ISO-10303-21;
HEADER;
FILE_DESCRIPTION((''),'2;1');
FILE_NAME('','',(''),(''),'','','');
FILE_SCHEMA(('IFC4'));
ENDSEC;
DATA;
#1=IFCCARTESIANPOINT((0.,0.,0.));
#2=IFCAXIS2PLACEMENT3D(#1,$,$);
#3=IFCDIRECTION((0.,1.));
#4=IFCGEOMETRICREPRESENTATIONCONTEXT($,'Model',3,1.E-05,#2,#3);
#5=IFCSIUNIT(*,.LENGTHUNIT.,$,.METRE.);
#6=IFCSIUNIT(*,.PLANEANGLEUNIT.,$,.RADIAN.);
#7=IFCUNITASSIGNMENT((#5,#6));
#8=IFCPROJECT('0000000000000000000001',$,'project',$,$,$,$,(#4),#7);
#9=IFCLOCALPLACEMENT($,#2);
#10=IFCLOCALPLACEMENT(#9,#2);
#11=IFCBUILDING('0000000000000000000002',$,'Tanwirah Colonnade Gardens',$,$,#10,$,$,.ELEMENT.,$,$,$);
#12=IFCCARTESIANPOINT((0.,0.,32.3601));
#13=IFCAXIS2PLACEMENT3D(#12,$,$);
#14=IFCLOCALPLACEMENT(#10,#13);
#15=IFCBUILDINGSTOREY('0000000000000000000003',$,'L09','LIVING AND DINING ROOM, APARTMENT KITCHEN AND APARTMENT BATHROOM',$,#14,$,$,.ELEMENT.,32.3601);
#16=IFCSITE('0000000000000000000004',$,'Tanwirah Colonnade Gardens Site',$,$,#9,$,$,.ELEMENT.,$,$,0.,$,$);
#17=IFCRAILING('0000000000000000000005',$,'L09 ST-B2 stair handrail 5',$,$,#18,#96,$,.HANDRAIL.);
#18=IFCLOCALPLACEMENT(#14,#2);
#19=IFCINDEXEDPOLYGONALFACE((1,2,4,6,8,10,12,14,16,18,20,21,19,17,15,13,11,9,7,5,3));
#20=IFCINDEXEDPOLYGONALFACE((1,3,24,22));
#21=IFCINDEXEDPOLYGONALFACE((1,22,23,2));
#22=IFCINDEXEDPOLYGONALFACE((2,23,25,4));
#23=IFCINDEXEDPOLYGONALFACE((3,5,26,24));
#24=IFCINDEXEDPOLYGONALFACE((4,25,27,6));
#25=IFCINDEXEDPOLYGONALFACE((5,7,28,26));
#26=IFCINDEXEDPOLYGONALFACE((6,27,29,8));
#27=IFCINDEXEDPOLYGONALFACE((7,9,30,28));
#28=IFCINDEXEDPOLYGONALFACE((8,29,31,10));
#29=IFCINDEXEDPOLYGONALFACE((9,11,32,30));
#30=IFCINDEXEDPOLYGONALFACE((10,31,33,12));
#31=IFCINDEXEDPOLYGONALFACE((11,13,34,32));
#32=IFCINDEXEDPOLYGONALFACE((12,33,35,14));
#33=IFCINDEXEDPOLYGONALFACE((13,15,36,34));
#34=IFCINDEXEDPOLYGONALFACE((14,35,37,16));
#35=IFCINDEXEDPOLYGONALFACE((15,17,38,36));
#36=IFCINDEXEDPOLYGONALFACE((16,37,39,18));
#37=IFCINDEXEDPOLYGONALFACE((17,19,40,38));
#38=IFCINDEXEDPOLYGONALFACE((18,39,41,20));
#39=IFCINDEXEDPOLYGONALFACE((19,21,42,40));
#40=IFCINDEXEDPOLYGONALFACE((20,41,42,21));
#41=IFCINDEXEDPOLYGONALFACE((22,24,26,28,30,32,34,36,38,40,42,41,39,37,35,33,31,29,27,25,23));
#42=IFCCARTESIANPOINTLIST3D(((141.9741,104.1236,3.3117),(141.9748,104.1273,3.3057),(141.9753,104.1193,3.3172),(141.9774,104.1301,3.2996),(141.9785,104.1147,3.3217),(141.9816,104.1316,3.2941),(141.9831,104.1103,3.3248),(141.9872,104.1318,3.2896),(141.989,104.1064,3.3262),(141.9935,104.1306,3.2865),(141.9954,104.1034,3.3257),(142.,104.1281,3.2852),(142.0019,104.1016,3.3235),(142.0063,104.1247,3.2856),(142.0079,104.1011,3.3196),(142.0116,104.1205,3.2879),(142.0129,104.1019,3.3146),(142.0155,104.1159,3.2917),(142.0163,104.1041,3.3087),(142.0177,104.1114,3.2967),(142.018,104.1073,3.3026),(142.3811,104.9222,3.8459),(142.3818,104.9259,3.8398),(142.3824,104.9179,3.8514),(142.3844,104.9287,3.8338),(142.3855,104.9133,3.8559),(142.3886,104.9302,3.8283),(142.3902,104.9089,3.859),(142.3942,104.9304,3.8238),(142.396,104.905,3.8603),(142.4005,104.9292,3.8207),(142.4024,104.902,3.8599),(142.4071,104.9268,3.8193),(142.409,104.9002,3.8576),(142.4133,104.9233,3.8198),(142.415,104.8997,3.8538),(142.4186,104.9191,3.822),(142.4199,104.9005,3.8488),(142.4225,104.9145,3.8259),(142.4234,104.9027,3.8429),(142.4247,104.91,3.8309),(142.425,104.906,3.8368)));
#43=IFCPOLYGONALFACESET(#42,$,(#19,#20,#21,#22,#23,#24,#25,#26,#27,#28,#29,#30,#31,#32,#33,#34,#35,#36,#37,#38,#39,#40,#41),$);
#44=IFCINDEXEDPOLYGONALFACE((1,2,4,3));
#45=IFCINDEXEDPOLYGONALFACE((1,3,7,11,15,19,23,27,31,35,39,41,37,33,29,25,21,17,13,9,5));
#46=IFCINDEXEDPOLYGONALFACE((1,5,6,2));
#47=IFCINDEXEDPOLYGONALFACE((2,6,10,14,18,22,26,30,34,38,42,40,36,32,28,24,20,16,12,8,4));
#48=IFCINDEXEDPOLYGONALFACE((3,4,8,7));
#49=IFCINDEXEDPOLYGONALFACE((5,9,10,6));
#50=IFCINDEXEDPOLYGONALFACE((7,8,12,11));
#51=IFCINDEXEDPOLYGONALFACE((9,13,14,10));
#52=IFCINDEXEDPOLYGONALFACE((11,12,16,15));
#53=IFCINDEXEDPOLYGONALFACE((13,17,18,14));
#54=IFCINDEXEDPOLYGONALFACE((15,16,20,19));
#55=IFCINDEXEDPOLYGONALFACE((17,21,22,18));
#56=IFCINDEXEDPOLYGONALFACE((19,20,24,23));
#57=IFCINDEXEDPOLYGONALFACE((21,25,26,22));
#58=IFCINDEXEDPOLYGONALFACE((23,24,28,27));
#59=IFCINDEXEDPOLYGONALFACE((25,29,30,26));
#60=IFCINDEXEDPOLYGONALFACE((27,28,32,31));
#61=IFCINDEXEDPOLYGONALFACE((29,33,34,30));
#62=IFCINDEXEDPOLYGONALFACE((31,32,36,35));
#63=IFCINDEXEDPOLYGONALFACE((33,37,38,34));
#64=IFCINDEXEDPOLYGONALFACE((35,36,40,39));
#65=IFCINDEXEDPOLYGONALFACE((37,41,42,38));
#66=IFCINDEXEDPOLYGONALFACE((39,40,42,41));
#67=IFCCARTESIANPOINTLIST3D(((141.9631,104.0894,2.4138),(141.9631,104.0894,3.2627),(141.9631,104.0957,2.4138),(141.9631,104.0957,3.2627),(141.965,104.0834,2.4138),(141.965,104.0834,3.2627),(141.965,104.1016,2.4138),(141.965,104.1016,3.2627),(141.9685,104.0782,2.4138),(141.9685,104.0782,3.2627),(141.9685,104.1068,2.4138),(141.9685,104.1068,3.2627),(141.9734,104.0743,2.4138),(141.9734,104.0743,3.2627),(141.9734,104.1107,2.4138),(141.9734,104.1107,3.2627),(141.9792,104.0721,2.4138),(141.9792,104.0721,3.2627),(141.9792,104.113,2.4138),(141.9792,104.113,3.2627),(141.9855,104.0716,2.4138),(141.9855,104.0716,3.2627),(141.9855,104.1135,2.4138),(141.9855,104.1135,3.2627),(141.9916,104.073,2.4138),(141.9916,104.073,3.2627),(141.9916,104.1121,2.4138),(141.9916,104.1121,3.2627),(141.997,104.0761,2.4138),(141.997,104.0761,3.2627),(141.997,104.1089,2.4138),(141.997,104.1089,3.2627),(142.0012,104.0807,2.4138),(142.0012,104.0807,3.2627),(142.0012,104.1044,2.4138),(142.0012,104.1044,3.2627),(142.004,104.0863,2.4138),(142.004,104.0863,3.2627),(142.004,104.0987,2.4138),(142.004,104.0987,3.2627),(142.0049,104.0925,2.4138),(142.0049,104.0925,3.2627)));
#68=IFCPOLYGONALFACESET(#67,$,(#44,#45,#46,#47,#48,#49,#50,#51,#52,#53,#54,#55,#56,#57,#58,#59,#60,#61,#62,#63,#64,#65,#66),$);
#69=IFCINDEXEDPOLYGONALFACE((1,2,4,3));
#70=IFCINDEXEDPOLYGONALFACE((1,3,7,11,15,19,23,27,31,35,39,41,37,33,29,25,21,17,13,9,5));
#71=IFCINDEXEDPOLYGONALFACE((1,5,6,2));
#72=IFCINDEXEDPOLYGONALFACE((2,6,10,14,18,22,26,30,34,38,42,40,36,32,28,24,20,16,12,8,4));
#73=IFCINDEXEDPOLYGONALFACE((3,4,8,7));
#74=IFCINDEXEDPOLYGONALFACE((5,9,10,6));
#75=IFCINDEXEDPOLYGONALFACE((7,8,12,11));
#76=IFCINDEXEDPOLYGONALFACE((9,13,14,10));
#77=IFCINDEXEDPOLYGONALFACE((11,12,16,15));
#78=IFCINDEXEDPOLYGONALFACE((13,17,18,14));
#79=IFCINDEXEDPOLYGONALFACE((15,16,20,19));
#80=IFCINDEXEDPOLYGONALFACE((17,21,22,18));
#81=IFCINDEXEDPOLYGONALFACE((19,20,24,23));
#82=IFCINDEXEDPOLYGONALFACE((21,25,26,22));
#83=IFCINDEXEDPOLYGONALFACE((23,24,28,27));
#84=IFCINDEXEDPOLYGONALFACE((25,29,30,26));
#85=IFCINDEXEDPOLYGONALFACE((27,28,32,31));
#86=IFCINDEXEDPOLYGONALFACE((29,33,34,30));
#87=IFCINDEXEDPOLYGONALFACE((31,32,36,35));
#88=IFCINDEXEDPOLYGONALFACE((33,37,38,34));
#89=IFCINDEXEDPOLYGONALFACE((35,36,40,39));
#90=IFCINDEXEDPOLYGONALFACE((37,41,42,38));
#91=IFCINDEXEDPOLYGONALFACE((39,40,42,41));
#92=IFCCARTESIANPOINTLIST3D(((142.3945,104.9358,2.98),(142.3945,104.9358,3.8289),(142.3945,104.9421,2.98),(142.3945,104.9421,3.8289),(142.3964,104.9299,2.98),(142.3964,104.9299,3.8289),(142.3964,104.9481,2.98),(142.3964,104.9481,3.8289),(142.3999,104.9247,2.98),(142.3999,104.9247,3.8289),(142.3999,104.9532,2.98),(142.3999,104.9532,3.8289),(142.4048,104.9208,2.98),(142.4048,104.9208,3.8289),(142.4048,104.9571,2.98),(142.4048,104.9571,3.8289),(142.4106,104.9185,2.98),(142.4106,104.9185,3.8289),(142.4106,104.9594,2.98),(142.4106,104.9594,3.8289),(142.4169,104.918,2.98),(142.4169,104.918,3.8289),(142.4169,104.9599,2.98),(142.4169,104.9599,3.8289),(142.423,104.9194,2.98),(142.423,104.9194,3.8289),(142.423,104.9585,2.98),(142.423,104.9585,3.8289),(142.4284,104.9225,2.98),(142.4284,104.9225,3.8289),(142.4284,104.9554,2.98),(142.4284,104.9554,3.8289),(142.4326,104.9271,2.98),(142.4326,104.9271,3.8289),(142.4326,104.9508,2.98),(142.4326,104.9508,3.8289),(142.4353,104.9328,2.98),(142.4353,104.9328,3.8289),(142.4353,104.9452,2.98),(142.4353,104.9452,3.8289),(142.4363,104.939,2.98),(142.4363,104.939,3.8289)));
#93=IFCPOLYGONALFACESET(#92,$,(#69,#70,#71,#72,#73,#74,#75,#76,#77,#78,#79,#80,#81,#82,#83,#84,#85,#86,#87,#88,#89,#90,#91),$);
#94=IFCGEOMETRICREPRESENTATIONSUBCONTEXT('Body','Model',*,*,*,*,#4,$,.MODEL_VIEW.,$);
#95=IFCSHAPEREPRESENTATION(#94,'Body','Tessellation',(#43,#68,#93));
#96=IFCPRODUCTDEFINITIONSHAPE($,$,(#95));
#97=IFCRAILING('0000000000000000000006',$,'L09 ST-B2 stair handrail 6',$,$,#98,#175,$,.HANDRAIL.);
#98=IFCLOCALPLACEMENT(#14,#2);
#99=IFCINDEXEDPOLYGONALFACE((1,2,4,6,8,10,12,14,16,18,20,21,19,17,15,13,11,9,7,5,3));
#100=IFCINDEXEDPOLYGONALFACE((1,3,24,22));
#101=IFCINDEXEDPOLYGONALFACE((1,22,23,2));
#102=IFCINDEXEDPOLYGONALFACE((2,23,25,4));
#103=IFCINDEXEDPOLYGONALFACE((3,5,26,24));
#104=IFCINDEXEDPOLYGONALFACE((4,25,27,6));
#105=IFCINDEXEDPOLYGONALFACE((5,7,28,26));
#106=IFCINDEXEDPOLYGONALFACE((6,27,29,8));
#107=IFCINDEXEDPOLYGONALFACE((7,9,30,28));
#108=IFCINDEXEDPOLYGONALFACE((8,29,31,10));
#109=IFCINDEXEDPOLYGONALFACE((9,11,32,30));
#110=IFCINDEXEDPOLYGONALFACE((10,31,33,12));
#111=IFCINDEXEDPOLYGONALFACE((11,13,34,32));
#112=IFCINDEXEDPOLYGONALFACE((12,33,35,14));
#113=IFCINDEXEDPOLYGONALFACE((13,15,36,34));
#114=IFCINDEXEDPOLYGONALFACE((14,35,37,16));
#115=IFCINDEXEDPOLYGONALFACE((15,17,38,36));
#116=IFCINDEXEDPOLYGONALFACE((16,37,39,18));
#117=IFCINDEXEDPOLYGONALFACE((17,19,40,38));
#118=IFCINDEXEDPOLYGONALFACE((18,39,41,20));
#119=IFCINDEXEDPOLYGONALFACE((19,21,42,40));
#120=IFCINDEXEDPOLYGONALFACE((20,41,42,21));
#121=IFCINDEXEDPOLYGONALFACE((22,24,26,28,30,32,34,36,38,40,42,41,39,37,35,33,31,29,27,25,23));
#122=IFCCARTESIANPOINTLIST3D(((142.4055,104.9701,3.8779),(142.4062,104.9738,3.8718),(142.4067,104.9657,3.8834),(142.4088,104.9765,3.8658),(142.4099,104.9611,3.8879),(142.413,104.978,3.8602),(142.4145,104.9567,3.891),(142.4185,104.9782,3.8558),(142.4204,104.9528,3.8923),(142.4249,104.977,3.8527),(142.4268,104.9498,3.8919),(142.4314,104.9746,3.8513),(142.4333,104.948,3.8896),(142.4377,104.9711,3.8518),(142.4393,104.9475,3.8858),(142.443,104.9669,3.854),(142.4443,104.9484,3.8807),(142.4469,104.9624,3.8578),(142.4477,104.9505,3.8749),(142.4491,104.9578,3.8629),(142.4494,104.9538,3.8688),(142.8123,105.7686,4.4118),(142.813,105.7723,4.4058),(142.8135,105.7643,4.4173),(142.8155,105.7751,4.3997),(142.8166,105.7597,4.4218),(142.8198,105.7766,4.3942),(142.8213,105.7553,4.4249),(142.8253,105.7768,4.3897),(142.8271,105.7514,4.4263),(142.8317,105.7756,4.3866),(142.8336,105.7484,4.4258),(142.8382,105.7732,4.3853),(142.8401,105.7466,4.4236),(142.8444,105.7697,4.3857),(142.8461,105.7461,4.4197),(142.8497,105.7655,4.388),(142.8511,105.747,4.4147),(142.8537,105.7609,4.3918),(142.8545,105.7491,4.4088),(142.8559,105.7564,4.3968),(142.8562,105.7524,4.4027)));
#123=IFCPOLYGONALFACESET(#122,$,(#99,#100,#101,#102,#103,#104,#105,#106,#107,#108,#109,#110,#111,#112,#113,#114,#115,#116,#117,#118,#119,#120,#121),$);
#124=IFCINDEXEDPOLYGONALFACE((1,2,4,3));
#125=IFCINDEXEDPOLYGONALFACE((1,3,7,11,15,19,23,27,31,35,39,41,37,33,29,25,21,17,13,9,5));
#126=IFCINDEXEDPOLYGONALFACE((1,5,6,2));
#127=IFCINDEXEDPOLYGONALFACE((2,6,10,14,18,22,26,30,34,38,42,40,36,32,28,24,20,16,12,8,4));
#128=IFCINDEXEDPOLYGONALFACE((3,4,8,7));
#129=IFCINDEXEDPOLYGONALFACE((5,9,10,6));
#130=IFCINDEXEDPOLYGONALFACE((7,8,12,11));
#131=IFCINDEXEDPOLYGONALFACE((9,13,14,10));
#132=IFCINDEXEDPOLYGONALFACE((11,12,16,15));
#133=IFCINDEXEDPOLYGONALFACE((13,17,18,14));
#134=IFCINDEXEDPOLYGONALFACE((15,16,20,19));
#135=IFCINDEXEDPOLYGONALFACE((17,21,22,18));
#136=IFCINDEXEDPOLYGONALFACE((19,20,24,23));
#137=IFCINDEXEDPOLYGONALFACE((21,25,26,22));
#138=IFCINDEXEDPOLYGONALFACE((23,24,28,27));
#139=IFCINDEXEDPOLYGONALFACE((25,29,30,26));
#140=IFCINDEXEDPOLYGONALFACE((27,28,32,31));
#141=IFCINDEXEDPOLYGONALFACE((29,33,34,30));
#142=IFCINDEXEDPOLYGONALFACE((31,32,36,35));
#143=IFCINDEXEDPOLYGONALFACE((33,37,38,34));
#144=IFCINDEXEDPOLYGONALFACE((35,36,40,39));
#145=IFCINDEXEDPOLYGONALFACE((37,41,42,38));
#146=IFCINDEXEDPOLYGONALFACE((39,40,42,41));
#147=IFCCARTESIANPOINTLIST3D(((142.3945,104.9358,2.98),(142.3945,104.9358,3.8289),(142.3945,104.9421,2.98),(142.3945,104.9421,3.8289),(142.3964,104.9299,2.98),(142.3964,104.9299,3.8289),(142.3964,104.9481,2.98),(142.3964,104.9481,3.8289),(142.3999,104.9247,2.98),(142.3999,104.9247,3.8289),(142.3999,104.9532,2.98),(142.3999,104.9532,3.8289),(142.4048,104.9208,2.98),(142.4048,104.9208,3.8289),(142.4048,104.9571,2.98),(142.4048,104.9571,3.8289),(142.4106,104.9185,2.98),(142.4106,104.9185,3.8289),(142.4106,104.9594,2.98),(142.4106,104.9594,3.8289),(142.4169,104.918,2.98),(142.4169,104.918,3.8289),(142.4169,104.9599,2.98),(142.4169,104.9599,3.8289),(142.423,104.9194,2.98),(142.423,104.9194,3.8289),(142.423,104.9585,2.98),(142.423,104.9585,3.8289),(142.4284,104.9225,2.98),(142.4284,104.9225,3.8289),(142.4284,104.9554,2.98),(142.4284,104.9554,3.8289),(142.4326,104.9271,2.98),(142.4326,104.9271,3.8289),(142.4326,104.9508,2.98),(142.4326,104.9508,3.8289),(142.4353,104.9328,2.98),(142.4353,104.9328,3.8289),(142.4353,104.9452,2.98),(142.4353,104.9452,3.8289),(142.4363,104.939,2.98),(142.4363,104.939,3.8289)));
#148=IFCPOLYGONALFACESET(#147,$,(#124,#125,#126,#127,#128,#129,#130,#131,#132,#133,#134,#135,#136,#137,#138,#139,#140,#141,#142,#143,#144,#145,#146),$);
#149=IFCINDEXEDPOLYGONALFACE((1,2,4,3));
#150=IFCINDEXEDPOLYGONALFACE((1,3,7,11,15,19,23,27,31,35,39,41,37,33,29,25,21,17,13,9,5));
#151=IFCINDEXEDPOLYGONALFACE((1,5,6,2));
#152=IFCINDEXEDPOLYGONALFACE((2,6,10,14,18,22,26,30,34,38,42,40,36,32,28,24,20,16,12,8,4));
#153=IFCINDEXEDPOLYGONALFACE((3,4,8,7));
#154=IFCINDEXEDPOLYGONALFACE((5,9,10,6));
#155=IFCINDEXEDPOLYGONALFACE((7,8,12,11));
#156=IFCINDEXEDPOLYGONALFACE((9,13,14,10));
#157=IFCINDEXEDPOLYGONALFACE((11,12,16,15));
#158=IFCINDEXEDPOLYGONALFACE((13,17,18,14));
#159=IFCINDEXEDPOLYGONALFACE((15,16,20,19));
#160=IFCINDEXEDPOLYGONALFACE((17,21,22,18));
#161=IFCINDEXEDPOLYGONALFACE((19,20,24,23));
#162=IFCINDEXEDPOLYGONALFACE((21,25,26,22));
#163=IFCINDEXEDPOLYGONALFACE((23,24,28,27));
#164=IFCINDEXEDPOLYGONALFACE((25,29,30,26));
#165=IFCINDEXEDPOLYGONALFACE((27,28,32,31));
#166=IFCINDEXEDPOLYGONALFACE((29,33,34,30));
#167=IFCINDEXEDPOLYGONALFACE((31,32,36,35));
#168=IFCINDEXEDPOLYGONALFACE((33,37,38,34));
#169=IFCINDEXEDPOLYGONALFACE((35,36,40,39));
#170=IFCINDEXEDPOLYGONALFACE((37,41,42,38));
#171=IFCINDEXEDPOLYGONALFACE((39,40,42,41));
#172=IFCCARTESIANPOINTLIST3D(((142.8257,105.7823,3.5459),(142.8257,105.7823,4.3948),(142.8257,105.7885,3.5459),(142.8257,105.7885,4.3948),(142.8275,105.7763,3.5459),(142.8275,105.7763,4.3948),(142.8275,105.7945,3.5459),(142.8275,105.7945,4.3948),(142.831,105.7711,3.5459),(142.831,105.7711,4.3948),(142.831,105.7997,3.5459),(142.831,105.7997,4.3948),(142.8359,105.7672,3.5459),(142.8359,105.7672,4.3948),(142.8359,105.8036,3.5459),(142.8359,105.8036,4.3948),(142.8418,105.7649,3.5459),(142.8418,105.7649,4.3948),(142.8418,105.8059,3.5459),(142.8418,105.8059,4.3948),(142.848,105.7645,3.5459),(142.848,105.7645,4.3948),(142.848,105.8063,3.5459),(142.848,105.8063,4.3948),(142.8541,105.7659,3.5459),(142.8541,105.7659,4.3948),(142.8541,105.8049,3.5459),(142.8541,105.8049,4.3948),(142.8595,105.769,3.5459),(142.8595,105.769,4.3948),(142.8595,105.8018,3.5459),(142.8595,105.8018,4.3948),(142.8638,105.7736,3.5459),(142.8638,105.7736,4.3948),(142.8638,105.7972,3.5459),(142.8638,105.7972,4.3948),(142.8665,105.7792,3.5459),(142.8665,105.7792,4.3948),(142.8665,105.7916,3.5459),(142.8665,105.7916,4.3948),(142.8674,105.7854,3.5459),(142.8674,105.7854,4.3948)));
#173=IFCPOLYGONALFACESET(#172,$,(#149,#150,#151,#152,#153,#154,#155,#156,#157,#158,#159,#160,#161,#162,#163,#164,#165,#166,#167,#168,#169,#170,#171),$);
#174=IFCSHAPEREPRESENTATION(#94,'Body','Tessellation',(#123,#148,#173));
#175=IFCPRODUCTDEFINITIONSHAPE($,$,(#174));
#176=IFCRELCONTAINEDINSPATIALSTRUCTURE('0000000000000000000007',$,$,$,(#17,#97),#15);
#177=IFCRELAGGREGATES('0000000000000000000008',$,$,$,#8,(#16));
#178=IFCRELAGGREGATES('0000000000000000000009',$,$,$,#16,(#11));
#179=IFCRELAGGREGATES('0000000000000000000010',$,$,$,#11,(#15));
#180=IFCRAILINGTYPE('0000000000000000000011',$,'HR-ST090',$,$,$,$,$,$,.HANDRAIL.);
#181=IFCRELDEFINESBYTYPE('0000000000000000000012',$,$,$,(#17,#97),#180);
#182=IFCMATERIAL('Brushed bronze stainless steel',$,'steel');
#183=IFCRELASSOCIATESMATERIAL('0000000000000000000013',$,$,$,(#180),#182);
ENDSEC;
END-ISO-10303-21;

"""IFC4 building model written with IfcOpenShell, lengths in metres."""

from ifc_helpers import new_model, si_unit, direction, frame, origin, origin_2d, place, context, subcontext, project, spatial, circle, extrude, material, type_object, element, save


model = new_model("IFC4")

# Units and contexts
model_context = context("Model", 3, precision=1e-05, world=origin(), true_north=direction((0.0, 1.0)))
body_context = subcontext(model_context, "Body", "Model", "MODEL_VIEW")
ifc_project = project(units=[si_unit("LENGTHUNIT", "METRE"), si_unit("PLANEANGLEUNIT", "RADIAN")], contexts=[model_context])

# Site, building, storey
site_placement = place(None, origin())
site = spatial("IfcSite", under=ifc_project, at=site_placement, Name="Tanwirah Colonnade Gardens Site", CompositionType="ELEMENT", RefElevation=0.0)
building_placement = place(site_placement, origin())
building = spatial("IfcBuilding", under=site, at=building_placement, Name="Tanwirah Colonnade Gardens", CompositionType="ELEMENT")
storey_placement = place(building_placement, frame((0.0, 0.0, 32.3601)))
storey = spatial("IfcBuildingStorey", under=building, at=storey_placement, Name="L09", Description="LIVING AND DINING ROOM, APARTMENT KITCHEN AND APARTMENT BATHROOM", CompositionType="ELEMENT", Elevation=32.3601)

# Railings
ifc_material_1 = material(Name="Brushed bronze stainless steel", Category="steel")
railing_type_1 = type_object("IfcRailingType", Name="HR-ST090", PredefinedType="HANDRAIL", material=ifc_material_1)
railing_1_placement = place(storey_placement, frame((141.9839, 104.0925, 2.4138)))
element("IfcRailing", 1, at=railing_1_placement, inside=storey, type_object=railing_type_1, Name="L09 ST-B2 stair handrail 5", PredefinedType="HANDRAIL", context=body_context, shape_type="SweptSolid", body=[
    extrude(circle(Radius=0.0239, at=origin_2d()), frame((0.0122, 0.0239, 0.8918), z_axis=(0.390073, 0.765356, 0.51193), x_axis=(-0.890957, 0.454087, 0.0)), (0.0, 0.0, 1.0), 1.0435),
    extrude(circle(Radius=0.021, at=origin_2d()), origin(), (0.0, 0.0, 1.0), 0.8489),
    extrude(circle(Radius=0.021, at=origin_2d()), frame((0.4314, 0.8464, 0.5662)), (0.0, 0.0, 1.0), 0.8489),
])
railing_2_placement = place(storey_placement, frame((142.4153, 104.939, 2.98)))
element("IfcRailing", 2, at=railing_2_placement, inside=storey, type_object=railing_type_1, Name="L09 ST-B2 stair handrail 6", PredefinedType="HANDRAIL", context=body_context, shape_type="SweptSolid", body=[
    extrude(circle(Radius=0.0239, at=origin_2d()), frame((0.0122, 0.0239, 0.8918), z_axis=(0.38993, 0.765509, 0.511811), x_axis=(-0.891061, 0.453883, 0.0)), (0.0, 0.0, 1.0), 1.0432),
    extrude(circle(Radius=0.021, at=origin_2d()), origin(), (0.0, 0.0, 1.0), 0.8489),
    extrude(circle(Radius=0.021, at=origin_2d()), frame((0.4312, 0.8464, 0.5659)), (0.0, 0.0, 1.0), 0.8489),
])

save(model, "model.ifc")
